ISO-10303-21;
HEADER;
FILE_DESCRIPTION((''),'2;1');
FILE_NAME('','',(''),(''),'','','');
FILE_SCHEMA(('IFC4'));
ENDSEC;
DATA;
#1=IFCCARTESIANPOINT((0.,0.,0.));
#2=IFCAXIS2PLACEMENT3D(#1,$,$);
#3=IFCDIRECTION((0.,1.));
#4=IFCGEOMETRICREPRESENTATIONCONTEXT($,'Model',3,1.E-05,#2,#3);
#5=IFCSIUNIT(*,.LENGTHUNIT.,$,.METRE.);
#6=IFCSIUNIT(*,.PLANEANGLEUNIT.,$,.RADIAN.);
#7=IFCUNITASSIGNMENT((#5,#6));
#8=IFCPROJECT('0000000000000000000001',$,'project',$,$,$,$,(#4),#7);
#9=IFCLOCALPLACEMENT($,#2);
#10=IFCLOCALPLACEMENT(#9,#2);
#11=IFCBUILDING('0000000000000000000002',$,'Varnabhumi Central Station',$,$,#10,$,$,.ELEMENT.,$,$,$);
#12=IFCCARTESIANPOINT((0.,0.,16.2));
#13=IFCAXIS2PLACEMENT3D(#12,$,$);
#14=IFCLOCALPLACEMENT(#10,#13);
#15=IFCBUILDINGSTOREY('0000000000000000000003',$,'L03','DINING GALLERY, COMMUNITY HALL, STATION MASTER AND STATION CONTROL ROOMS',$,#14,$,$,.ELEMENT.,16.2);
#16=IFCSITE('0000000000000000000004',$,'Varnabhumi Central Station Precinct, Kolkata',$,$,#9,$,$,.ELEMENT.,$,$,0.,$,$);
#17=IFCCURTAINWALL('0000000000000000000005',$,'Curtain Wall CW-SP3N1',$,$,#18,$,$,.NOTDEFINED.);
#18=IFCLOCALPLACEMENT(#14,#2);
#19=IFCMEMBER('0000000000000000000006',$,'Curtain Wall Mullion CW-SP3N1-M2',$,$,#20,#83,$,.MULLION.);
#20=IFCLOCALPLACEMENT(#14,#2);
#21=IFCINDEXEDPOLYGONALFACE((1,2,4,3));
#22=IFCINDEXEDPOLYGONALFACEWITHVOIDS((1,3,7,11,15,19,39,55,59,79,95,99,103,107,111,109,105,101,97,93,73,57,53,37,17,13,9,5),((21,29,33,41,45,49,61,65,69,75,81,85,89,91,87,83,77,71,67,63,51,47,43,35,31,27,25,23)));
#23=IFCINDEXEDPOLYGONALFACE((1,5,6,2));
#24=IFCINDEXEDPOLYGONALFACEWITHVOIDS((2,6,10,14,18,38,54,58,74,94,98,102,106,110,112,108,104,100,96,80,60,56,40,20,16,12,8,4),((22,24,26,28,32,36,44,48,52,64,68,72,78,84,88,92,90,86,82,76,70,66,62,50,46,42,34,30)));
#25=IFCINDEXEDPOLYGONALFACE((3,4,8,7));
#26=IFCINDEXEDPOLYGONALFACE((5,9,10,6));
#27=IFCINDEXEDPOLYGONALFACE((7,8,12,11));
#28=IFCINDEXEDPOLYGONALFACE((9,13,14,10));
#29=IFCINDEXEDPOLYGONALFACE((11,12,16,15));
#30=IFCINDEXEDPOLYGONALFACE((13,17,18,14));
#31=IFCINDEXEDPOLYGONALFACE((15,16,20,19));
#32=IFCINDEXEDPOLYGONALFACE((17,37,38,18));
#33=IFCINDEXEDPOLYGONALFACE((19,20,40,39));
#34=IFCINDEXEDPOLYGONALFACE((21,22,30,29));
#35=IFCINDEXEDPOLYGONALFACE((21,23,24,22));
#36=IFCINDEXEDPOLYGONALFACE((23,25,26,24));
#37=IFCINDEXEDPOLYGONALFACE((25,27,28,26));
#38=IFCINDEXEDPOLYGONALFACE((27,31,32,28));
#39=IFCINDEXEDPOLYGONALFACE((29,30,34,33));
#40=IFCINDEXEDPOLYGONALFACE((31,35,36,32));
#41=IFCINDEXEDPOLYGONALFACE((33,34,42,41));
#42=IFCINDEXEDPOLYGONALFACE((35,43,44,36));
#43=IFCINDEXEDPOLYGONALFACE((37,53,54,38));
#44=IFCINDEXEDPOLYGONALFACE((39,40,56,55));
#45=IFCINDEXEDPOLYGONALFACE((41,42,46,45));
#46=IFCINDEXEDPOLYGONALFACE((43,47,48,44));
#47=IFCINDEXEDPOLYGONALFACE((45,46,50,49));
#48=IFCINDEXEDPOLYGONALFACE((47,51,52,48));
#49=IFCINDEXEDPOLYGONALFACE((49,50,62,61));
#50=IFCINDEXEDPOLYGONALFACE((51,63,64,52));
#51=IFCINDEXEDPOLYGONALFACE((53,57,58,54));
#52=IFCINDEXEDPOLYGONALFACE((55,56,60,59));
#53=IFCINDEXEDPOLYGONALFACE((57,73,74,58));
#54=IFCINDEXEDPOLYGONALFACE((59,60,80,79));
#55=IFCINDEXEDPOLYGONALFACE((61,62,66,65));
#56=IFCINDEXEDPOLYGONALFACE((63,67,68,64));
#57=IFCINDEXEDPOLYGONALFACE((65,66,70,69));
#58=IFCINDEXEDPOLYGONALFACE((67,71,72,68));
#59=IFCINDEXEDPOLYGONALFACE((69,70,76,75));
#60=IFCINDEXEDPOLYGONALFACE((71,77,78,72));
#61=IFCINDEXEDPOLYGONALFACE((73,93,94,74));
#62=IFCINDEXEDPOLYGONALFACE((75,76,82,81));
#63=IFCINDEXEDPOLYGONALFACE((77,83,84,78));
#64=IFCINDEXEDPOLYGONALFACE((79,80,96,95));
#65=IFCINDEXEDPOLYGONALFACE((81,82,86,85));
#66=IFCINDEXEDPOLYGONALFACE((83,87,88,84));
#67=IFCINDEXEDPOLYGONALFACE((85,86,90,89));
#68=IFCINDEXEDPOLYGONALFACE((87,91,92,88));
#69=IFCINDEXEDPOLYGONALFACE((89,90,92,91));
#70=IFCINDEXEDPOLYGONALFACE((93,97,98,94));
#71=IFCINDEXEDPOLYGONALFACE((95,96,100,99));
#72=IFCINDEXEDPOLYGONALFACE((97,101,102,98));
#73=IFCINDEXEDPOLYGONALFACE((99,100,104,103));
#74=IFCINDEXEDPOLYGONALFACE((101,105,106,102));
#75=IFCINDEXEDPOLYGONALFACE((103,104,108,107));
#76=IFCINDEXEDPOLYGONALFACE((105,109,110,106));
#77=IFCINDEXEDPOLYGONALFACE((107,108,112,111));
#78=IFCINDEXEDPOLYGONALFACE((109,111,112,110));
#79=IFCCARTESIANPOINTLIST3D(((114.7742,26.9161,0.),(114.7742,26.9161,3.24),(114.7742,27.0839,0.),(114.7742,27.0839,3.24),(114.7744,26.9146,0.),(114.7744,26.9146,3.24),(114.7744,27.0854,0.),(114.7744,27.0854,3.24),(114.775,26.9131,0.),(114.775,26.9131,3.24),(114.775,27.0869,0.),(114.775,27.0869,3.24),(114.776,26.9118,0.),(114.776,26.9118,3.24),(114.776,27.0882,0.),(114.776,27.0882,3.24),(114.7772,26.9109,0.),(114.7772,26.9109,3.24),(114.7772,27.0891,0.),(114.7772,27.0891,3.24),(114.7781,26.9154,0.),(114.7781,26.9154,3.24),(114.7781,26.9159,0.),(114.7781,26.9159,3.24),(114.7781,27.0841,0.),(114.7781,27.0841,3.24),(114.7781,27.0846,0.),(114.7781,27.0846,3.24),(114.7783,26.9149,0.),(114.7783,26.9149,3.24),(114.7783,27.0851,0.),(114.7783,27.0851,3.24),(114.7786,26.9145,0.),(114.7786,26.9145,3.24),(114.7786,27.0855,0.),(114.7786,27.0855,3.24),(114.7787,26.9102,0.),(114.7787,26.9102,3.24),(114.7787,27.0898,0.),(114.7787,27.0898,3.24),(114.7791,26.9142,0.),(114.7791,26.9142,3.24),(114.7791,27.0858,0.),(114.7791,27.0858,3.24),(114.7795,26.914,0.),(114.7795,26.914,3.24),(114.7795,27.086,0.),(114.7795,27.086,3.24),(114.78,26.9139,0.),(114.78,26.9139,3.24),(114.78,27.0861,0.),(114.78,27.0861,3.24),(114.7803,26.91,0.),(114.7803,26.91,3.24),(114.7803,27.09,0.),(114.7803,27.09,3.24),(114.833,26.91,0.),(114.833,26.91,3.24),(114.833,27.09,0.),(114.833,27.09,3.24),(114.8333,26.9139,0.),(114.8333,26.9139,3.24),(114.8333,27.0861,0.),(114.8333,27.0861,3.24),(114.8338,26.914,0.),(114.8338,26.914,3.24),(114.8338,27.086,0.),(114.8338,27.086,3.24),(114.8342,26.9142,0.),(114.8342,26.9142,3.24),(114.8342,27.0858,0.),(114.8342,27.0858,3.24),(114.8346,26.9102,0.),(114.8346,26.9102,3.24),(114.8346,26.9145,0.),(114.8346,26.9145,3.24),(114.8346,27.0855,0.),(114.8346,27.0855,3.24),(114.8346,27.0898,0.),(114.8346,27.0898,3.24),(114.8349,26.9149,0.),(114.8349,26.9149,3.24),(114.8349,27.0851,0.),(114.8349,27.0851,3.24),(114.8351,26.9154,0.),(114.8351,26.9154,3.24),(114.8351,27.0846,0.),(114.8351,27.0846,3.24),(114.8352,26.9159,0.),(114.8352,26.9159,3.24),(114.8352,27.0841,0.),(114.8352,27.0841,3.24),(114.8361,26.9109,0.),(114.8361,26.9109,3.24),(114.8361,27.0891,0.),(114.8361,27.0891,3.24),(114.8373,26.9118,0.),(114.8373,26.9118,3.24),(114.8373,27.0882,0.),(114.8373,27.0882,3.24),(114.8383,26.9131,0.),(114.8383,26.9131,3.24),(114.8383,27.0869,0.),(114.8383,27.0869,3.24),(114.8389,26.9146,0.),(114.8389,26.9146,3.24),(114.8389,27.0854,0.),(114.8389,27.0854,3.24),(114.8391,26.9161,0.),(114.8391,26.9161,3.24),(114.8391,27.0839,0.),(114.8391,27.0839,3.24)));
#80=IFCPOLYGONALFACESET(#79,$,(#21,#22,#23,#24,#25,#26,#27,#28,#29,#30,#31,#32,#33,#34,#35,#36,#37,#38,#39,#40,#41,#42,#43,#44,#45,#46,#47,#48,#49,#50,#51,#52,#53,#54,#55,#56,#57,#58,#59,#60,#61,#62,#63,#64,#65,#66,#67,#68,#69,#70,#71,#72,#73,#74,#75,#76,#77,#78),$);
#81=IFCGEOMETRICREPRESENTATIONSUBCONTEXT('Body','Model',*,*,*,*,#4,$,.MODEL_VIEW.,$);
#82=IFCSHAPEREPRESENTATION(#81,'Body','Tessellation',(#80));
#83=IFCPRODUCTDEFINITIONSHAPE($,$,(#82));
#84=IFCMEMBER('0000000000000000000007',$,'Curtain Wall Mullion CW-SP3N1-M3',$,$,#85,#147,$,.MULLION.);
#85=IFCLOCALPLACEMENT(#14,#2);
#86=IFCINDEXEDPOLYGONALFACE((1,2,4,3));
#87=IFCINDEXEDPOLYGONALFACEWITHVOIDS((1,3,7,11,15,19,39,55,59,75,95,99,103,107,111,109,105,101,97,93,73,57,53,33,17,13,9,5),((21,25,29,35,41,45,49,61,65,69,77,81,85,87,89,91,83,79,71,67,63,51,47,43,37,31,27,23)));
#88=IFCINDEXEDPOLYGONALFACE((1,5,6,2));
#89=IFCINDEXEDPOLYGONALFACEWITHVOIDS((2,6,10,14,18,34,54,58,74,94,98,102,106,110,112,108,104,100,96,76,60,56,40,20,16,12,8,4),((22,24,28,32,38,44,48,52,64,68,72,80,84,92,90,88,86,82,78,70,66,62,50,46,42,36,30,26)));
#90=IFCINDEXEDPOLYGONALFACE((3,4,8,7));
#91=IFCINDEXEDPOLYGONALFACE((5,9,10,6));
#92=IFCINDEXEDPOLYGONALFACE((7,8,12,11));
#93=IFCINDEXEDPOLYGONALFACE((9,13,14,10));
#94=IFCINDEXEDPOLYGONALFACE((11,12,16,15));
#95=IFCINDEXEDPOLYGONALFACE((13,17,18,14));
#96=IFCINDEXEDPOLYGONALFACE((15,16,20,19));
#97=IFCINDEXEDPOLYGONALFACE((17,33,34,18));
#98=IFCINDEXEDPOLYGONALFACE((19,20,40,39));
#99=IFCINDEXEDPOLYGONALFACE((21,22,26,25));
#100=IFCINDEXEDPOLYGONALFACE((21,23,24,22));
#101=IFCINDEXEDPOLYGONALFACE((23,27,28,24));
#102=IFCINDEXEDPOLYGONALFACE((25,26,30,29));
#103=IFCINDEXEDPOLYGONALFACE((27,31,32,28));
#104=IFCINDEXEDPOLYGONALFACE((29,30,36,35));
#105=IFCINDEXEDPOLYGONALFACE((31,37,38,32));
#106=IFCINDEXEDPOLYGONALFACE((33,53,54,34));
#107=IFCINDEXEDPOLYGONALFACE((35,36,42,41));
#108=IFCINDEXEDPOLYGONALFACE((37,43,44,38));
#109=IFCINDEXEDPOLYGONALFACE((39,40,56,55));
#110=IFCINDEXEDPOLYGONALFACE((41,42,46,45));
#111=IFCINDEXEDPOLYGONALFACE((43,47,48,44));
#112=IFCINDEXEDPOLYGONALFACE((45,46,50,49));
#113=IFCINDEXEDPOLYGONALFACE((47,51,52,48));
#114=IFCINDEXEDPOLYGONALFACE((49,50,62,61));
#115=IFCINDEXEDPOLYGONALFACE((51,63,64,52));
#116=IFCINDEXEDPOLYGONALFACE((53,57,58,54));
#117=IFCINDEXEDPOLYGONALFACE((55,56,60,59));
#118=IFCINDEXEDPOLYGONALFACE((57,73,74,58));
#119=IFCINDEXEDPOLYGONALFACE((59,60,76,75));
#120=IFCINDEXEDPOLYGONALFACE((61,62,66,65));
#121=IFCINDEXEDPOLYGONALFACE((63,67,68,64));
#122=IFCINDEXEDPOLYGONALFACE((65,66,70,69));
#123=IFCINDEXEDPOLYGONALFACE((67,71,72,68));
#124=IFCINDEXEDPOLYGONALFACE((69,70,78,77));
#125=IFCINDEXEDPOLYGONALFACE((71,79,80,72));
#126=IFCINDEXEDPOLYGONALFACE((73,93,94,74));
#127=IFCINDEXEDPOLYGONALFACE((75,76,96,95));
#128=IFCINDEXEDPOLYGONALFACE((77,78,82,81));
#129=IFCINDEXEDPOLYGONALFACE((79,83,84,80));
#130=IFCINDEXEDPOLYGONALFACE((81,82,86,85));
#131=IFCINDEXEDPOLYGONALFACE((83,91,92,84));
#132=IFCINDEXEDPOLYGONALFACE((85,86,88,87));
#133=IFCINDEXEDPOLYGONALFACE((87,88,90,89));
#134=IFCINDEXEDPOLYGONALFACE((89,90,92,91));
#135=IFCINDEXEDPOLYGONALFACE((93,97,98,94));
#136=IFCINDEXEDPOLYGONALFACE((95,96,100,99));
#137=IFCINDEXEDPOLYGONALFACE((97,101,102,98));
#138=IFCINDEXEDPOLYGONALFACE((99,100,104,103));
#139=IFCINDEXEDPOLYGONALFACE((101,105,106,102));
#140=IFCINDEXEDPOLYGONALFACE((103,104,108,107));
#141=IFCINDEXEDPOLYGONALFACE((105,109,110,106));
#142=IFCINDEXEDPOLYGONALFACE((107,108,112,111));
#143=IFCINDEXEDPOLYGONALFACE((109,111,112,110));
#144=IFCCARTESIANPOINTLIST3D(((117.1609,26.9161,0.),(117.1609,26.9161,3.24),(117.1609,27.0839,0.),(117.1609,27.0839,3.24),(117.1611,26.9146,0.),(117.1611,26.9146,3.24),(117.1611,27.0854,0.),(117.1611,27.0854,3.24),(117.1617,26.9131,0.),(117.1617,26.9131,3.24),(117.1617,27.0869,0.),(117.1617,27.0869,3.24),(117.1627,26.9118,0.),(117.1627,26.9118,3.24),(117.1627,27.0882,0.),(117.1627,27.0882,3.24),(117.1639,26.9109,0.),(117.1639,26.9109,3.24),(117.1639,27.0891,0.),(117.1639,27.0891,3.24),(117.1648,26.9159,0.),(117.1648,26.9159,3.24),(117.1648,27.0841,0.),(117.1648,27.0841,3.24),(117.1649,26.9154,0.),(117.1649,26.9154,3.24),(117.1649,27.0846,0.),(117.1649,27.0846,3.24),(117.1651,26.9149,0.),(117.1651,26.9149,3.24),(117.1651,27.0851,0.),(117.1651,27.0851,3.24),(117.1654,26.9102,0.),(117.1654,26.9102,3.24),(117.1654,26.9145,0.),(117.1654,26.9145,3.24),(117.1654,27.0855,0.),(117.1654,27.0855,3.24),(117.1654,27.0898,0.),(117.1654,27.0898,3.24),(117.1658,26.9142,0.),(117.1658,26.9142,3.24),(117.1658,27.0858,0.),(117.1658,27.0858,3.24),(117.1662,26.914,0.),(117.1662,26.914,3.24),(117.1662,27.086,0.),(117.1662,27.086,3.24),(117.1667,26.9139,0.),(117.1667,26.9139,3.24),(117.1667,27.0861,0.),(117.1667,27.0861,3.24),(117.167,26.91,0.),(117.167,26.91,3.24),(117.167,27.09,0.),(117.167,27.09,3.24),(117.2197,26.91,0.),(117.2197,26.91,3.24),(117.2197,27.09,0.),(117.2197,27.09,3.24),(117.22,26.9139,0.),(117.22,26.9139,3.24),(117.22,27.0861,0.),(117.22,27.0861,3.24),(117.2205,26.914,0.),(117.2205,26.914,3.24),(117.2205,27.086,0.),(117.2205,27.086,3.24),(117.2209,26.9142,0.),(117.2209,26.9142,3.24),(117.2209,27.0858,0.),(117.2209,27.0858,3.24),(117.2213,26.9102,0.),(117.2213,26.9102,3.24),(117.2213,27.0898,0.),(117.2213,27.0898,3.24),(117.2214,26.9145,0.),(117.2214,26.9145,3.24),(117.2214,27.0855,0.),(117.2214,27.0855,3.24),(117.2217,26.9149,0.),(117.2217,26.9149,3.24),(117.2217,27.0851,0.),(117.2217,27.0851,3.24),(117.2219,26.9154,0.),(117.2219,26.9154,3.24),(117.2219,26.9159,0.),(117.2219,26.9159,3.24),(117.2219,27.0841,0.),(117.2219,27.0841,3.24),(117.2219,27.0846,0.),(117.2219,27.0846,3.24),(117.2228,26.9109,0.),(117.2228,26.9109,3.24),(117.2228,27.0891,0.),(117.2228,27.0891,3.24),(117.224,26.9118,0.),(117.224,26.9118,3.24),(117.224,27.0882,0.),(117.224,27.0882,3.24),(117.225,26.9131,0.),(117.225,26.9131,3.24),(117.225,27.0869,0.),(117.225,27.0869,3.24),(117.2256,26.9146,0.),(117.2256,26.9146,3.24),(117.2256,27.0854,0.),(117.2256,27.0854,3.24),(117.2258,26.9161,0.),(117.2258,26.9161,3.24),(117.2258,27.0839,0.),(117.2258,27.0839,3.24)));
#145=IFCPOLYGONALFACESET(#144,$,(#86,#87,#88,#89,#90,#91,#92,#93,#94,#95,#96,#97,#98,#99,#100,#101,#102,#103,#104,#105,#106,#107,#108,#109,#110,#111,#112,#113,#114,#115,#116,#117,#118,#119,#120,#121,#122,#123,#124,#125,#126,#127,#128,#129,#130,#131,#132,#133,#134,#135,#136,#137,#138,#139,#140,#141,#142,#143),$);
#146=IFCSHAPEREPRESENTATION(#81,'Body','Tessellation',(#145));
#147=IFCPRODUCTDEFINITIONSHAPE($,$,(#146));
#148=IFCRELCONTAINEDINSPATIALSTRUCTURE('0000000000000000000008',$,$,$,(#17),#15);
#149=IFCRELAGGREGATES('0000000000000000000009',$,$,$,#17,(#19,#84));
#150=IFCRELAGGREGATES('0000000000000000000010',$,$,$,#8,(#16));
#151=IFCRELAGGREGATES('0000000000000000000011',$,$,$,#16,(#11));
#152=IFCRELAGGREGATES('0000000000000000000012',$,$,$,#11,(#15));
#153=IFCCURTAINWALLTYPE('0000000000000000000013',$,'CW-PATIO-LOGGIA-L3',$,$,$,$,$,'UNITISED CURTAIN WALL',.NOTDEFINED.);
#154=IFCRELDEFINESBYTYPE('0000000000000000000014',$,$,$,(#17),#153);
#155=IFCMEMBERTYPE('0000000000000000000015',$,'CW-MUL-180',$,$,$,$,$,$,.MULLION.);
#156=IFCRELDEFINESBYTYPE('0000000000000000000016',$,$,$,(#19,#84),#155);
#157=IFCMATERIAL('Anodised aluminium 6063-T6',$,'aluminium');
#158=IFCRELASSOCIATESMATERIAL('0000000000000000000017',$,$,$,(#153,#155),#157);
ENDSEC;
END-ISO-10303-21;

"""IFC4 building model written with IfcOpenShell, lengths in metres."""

from ifc_helpers import new_model, si_unit, direction, frame, origin, origin_2d, place, context, subcontext, project, spatial, hollow_rectangle, extrude, material, material_profile, profile_set, type_object, element, aggregate, save


model = new_model("IFC4")

# Units and contexts
model_context = context("Model", 3, precision=1e-05, world=origin(), true_north=direction((0.0, 1.0)))
body_context = subcontext(model_context, "Body", "Model", "MODEL_VIEW")
ifc_project = project(units=[si_unit("LENGTHUNIT", "METRE"), si_unit("PLANEANGLEUNIT", "RADIAN")], contexts=[model_context])

# Site, building, storey
site_placement = place(None, origin())
site = spatial("IfcSite", under=ifc_project, at=site_placement, Name="Varnabhumi Central Station Precinct, Kolkata", CompositionType="ELEMENT", RefElevation=0.0)
building_placement = place(site_placement, origin())
building = spatial("IfcBuilding", under=site, at=building_placement, Name="Varnabhumi Central Station", CompositionType="ELEMENT")
storey_placement = place(building_placement, frame((0.0, 0.0, 16.2)))
storey = spatial("IfcBuildingStorey", under=building, at=storey_placement, Name="L03", Description="DINING GALLERY, COMMUNITY HALL, STATION MASTER AND STATION CONTROL ROOMS", CompositionType="ELEMENT", Elevation=16.2)

# Curtain wall, members
ifc_material_1 = material(Name="Anodised aluminium 6063-T6", Category="aluminium")
curtain_wall_type = type_object("IfcCurtainWallType", Name="CW-PATIO-LOGGIA-L3", ElementType="UNITISED CURTAIN WALL", PredefinedType="NOTDEFINED", material=ifc_material_1)
ifc_material_profile_1 = material_profile(ifc_material_1, hollow_rectangle(XDim=0.0649, YDim=0.1799, WallThickness=0.0039, InnerFilletRadius=0.002, OuterFilletRadius=0.0061, at=origin_2d()), Name="Anodised aluminium 6063-T6", Category="aluminium")
ifc_profile_set_1 = profile_set([ifc_material_profile_1], Name="Anodised aluminium 6063-T6")
member_type_1 = type_object("IfcMemberType", Name="CW-MUL-180", PredefinedType="MULLION", material=ifc_profile_set_1)
curtain_wall_1_placement = place(storey_placement, origin())
curtain_wall_1 = element("IfcCurtainWall", 1, at=curtain_wall_1_placement, inside=storey, type_object=curtain_wall_type, Name="Curtain Wall CW-SP3N1", PredefinedType="NOTDEFINED")
member_1_placement = place(storey_placement, frame((114.8066, 27.0, 0.0), z_axis=(0.0, 0.0, 1.0), x_axis=(1.0, 0.0, 0.0)))
member_1 = element("IfcMember", 2, at=member_1_placement, type_object=member_type_1, Name="Curtain Wall Mullion CW-SP3N1-M2", PredefinedType="MULLION", context=body_context, shape_type="SweptSolid", body=[
    extrude(hollow_rectangle(XDim=0.0649, YDim=0.1799, WallThickness=0.0039, InnerFilletRadius=0.002, OuterFilletRadius=0.0061, at=origin_2d()), origin(), (0.0, 0.0, 1.0), 3.24),
])
member_2_placement = place(storey_placement, frame((117.1934, 27.0, 0.0), z_axis=(0.0, 0.0, 1.0), x_axis=(1.0, 0.0, 0.0)))
member_2 = element("IfcMember", 3, at=member_2_placement, type_object=member_type_1, Name="Curtain Wall Mullion CW-SP3N1-M3", PredefinedType="MULLION", context=body_context, shape_type="SweptSolid", body=[
    extrude(hollow_rectangle(XDim=0.0649, YDim=0.1799, WallThickness=0.0039, InnerFilletRadius=0.002, OuterFilletRadius=0.0061, at=origin_2d()), origin(), (0.0, 0.0, 1.0), 3.24),
])

aggregate(curtain_wall_1, [member_1, member_2])

save(model, "model.ifc")
